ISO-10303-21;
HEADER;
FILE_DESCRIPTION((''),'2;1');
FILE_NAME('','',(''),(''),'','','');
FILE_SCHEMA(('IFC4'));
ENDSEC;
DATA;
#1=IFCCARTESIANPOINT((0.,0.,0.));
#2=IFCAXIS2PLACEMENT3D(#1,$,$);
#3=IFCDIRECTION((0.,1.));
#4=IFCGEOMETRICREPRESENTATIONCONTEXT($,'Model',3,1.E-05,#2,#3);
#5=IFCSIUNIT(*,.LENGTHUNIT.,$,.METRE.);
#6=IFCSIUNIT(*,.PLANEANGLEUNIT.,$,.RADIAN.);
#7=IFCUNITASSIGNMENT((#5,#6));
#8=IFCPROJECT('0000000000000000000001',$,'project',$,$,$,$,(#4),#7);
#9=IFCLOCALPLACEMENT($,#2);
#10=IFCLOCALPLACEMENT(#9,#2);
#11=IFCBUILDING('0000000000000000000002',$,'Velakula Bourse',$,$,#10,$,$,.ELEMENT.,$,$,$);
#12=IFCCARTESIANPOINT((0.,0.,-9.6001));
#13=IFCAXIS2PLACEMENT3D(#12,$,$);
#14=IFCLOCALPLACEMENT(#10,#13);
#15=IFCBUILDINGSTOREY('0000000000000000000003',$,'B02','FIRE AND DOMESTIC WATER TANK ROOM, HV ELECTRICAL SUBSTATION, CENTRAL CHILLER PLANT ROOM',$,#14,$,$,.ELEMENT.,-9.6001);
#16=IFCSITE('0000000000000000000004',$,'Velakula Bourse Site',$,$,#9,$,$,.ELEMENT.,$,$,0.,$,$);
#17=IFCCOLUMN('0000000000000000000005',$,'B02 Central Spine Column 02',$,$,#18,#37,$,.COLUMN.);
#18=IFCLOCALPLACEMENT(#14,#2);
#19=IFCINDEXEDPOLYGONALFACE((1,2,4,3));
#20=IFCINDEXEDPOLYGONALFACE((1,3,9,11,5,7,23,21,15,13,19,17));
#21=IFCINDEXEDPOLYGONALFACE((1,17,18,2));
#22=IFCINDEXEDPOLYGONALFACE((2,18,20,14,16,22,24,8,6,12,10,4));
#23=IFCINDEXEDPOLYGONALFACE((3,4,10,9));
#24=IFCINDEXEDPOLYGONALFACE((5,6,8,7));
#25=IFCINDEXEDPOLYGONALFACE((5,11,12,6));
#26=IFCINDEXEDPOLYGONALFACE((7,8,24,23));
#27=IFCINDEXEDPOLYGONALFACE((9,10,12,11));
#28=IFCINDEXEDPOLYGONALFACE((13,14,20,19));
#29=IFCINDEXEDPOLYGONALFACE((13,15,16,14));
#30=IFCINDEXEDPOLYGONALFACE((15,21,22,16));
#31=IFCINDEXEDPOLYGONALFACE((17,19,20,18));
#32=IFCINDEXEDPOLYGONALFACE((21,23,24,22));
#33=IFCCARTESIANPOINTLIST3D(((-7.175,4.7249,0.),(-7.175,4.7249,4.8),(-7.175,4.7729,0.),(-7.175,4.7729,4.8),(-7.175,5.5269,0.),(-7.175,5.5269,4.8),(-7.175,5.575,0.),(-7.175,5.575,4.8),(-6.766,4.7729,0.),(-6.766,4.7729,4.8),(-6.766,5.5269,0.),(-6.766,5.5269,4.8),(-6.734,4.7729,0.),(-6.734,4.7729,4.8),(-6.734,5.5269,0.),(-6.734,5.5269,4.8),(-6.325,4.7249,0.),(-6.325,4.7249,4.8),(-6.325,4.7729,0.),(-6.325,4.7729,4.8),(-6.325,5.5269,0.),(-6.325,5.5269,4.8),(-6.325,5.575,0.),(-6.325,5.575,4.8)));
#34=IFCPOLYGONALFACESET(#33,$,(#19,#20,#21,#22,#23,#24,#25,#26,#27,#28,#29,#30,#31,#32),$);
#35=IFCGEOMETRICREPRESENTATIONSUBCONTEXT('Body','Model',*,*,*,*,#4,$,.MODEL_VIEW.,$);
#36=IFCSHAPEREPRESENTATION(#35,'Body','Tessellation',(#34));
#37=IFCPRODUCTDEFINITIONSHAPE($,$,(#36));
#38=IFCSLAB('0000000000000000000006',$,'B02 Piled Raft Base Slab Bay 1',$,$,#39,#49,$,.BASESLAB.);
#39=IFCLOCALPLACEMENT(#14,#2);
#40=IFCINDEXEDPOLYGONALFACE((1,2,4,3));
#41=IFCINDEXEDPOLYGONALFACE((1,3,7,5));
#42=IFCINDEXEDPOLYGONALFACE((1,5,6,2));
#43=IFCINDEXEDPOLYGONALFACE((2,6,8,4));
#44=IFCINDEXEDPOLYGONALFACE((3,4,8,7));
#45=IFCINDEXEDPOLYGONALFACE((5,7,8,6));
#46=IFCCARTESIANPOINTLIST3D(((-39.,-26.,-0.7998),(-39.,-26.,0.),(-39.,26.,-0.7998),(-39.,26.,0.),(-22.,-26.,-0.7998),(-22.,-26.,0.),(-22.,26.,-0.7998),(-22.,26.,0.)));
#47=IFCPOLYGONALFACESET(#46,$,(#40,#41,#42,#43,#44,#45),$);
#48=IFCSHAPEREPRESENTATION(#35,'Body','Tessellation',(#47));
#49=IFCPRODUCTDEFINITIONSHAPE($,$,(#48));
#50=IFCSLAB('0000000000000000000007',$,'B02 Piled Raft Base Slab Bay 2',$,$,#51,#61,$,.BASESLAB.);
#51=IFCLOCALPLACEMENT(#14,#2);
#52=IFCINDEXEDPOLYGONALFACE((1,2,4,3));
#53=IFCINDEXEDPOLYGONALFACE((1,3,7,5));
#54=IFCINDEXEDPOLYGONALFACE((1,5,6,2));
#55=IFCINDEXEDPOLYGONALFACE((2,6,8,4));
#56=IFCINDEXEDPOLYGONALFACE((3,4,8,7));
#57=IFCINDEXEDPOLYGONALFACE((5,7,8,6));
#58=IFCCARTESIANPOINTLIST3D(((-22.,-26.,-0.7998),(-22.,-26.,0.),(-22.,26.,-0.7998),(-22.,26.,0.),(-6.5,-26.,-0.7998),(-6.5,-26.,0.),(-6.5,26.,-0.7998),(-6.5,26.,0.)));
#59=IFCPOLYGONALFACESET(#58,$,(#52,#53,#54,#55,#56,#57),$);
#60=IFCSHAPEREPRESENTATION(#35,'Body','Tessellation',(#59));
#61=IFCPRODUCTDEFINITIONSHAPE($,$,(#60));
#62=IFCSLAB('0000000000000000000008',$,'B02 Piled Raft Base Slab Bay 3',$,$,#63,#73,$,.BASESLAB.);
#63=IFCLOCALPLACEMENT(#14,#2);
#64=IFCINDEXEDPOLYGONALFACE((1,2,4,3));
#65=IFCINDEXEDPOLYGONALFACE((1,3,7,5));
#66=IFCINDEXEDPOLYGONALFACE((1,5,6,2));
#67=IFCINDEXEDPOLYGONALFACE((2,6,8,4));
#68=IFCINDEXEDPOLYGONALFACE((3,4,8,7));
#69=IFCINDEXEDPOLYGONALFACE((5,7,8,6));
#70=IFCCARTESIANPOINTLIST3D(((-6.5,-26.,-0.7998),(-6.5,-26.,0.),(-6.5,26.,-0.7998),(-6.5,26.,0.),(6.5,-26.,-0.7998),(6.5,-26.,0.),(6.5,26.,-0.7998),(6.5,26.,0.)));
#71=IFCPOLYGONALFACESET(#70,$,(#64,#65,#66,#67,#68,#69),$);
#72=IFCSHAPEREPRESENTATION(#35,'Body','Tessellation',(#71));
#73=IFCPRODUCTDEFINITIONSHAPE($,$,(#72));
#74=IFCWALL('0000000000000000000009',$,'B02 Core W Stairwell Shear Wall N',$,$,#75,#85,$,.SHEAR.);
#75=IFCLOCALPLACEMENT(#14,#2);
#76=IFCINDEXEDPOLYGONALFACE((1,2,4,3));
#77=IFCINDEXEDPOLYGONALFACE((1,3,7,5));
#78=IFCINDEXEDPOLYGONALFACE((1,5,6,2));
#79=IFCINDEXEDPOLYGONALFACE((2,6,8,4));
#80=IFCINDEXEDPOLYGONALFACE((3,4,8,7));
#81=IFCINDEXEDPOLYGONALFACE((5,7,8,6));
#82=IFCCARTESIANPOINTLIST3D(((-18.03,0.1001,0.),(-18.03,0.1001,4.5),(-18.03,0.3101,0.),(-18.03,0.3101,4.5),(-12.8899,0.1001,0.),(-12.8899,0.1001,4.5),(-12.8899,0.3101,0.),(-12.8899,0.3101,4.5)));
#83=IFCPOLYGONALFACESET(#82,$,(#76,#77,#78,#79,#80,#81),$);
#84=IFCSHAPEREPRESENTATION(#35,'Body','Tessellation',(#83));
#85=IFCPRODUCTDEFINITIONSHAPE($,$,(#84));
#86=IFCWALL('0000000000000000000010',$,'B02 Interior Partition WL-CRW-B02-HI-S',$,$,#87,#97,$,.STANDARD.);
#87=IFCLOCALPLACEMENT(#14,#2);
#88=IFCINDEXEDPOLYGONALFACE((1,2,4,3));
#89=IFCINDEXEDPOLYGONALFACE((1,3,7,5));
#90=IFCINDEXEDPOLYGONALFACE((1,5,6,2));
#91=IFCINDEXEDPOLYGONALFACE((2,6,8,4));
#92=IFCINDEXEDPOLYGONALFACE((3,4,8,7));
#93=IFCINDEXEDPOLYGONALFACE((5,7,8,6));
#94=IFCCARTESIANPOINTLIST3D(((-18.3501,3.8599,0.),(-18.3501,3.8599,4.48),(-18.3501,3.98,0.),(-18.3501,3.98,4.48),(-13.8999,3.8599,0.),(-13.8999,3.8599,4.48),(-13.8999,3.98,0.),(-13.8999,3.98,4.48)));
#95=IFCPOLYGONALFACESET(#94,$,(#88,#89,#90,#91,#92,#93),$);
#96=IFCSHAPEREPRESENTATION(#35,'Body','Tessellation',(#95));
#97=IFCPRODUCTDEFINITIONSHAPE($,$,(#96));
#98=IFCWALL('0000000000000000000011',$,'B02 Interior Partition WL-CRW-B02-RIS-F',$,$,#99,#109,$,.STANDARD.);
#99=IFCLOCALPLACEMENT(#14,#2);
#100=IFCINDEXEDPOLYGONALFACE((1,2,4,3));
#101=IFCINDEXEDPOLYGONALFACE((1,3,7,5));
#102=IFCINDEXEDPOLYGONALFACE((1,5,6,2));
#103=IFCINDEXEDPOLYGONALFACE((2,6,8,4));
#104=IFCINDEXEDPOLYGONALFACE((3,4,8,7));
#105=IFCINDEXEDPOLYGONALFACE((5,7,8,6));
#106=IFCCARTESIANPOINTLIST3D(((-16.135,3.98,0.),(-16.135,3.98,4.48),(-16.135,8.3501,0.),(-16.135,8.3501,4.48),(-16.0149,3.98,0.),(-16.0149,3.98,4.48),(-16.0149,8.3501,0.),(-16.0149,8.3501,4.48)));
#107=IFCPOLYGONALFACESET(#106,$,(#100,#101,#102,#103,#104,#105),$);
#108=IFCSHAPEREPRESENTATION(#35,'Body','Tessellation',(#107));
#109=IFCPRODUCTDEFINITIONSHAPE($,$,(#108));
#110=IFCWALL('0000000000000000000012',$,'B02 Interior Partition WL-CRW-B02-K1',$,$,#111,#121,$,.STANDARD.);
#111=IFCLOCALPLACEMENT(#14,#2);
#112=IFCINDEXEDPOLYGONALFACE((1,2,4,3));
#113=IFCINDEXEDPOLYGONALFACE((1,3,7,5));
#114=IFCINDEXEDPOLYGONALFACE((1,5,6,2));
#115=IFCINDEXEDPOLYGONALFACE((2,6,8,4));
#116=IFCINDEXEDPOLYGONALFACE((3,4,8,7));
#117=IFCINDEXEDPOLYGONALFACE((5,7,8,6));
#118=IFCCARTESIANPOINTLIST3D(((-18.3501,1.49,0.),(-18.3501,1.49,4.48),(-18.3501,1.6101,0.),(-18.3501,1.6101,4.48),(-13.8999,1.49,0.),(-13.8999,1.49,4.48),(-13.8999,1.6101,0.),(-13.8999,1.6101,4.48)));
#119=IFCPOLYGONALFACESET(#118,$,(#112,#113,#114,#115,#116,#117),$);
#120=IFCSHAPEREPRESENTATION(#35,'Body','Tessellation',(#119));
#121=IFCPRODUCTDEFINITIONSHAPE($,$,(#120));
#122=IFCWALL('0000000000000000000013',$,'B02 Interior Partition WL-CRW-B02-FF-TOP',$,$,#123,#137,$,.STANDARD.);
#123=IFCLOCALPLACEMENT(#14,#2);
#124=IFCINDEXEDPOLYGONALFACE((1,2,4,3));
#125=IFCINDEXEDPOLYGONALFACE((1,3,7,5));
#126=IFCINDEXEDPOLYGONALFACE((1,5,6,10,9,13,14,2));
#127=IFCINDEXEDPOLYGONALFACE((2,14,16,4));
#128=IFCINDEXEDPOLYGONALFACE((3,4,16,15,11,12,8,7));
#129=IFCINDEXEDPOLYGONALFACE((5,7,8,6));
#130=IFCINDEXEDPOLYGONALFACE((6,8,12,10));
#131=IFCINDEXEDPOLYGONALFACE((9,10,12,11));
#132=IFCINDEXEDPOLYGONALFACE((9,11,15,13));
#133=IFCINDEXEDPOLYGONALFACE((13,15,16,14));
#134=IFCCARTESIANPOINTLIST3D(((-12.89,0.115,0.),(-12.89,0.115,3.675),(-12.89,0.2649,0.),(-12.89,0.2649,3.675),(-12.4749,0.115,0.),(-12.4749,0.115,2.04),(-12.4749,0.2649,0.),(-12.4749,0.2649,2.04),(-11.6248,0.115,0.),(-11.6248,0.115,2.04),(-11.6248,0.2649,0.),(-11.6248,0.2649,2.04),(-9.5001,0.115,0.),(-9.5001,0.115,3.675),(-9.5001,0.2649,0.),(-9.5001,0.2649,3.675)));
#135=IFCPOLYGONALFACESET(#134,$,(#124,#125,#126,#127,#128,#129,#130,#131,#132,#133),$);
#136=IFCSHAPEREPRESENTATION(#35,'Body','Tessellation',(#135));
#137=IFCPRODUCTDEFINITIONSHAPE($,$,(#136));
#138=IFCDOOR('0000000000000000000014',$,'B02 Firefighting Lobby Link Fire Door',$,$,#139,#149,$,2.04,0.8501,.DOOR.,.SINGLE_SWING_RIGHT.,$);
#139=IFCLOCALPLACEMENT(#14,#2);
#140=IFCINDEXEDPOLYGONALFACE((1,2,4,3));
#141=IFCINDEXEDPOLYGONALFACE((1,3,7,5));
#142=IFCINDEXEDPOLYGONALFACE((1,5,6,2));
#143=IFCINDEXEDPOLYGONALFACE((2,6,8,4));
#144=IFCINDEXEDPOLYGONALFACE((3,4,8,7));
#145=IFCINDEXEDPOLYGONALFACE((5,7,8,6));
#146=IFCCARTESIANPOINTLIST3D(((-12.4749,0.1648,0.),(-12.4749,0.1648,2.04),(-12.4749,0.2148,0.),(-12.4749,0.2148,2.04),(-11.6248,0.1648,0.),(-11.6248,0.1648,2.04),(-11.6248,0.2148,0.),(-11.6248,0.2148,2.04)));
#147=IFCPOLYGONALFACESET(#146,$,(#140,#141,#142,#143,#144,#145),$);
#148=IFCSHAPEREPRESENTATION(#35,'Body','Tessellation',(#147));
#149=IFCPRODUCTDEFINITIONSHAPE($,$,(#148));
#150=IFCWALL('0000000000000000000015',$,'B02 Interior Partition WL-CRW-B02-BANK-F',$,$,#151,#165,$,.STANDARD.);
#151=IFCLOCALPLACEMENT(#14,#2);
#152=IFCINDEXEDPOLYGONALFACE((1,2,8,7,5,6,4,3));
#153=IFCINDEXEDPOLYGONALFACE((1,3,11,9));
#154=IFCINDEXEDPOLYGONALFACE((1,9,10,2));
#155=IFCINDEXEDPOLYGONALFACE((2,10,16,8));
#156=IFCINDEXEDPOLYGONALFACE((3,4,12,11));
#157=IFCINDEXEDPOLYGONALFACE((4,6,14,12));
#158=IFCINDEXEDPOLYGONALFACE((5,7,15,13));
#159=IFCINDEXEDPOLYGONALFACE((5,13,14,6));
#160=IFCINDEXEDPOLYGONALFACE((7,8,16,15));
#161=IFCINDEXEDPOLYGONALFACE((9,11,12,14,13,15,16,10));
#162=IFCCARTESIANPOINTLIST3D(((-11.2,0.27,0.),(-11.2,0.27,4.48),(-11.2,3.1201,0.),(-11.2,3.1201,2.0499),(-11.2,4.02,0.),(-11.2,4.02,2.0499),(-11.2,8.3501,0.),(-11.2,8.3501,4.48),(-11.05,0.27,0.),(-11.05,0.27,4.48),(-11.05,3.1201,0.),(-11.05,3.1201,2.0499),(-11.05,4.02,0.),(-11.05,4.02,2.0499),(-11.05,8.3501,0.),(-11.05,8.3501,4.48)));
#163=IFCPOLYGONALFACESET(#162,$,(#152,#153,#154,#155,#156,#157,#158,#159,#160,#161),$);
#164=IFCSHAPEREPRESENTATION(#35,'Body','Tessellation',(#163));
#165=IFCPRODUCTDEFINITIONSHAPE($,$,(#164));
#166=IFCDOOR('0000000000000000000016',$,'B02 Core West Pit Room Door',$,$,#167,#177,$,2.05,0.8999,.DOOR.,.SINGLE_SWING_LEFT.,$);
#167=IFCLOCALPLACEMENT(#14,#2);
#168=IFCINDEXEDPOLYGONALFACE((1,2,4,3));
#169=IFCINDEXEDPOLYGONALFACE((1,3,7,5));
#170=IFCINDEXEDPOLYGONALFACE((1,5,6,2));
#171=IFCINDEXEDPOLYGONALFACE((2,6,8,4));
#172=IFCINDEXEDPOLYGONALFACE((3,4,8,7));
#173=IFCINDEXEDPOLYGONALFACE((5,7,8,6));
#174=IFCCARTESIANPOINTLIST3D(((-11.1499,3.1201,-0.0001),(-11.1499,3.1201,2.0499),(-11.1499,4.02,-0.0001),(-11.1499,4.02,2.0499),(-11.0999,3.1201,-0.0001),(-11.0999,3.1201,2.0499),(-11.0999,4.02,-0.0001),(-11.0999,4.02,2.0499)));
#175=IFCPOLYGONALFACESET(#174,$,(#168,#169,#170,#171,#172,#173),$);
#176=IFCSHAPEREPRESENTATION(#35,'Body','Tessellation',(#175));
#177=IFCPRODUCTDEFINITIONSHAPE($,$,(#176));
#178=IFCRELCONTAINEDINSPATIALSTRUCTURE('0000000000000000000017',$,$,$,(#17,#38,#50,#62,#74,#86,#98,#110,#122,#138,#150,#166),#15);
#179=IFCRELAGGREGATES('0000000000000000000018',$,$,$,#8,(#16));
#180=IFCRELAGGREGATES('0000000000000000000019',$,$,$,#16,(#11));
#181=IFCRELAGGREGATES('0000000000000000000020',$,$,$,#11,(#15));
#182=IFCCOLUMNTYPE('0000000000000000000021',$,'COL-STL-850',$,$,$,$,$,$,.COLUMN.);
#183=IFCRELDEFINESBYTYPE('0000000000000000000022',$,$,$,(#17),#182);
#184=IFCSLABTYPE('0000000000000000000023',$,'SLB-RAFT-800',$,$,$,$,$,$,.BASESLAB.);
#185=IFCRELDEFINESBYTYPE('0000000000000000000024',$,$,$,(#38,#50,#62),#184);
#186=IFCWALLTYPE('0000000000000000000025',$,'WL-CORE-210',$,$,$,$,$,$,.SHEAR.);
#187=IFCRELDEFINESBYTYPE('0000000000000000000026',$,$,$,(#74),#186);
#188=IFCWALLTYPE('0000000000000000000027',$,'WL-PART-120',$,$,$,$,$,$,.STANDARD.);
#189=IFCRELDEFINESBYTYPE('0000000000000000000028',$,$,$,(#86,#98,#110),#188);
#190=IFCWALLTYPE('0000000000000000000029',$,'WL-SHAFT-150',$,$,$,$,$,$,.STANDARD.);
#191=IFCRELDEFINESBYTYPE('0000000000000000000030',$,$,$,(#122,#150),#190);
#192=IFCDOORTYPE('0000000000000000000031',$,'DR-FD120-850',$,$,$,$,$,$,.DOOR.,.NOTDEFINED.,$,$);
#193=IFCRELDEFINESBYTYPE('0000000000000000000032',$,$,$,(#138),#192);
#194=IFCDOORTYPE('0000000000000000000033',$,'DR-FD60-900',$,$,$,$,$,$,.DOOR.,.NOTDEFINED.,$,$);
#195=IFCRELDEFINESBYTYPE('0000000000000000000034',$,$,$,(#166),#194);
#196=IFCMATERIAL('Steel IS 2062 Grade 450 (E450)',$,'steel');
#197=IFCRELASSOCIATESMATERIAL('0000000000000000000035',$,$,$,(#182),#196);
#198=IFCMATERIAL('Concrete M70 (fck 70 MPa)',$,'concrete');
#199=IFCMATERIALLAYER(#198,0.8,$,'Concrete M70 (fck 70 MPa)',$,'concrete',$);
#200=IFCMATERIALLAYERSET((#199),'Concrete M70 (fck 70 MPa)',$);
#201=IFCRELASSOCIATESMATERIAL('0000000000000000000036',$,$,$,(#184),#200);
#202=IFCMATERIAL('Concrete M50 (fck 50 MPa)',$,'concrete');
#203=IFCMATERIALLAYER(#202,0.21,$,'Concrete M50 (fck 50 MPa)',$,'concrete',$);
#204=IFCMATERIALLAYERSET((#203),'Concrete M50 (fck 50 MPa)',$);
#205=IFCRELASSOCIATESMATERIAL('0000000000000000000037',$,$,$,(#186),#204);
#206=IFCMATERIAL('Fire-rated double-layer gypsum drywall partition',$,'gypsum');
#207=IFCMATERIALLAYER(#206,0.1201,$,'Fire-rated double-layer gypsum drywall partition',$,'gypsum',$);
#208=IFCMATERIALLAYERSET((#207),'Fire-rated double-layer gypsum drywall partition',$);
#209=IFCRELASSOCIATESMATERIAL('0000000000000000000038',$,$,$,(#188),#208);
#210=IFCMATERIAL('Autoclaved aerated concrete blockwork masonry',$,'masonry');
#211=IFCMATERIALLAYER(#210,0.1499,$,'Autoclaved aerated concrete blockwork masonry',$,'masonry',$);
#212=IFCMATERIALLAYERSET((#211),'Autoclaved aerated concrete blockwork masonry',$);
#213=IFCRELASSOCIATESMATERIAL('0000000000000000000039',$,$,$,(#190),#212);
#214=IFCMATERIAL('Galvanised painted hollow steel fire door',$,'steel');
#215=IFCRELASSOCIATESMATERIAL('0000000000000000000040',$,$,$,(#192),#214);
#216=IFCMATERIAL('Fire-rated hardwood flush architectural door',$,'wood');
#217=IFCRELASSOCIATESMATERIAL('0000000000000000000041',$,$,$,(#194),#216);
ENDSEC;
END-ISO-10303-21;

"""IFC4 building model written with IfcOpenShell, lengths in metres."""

from ifc_helpers import new_model, si_unit, direction, frame, frame_2d, origin, origin_2d, place, context, subcontext, project, spatial, polyline, rectangle, i_section, outline, extrude, material, layer, layer_set, material_profile, profile_set, type_object, element, fill, save


model = new_model("IFC4")

# Units and contexts
model_context = context("Model", 3, precision=1e-05, world=origin(), true_north=direction((0.0, 1.0)))
body_context = subcontext(model_context, "Body", "Model", "MODEL_VIEW")
ifc_project = project(units=[si_unit("LENGTHUNIT", "METRE"), si_unit("PLANEANGLEUNIT", "RADIAN")], contexts=[model_context])

# Site, building, storey
site_placement = place(None, origin())
site = spatial("IfcSite", under=ifc_project, at=site_placement, Name="Velakula Bourse Site", CompositionType="ELEMENT", RefElevation=0.0)
building_placement = place(site_placement, origin())
building = spatial("IfcBuilding", under=site, at=building_placement, Name="Velakula Bourse", CompositionType="ELEMENT")
storey_placement = place(building_placement, frame((0.0, 0.0, -9.6001)))
storey = spatial("IfcBuildingStorey", under=building, at=storey_placement, Name="B02", Description="FIRE AND DOMESTIC WATER TANK ROOM, HV ELECTRICAL SUBSTATION, CENTRAL CHILLER PLANT ROOM", CompositionType="ELEMENT", Elevation=-9.6001)

# Shared definitions
ifc_material_1 = material(Name="Concrete M70 (fck 70 MPa)", Category="concrete")

# Shared definitions
ifc_material_2 = material(Name="Concrete M50 (fck 50 MPa)", Category="concrete")

# Column
ifc_material_3 = material(Name="Steel IS 2062 Grade 450 (E450)", Category="steel")
ifc_material_profile_1 = material_profile(ifc_material_3, i_section(OverallWidth=0.8501, OverallDepth=0.8501, WebThickness=0.032, FlangeThickness=0.0481, at=origin_2d()), Name="Steel IS 2062 Grade 450 (E450)")
ifc_profile_set_1 = profile_set([ifc_material_profile_1], Name="Steel IS 2062 Grade 450 (E450)")
column_type_1 = type_object("IfcColumnType", Name="COL-STL-850", PredefinedType="COLUMN", material=ifc_profile_set_1)
column_placement = place(storey_placement, frame((-6.75, 5.1499, 0.0), z_axis=(0.0, 0.0, 1.0), x_axis=(1.0, 0.0, 0.0)))
element("IfcColumn", 1, at=column_placement, inside=storey, type_object=column_type_1, Name="B02 Central Spine Column 02", PredefinedType="COLUMN", context=body_context, shape_type="SweptSolid", body=[
    extrude(i_section(OverallWidth=0.8501, OverallDepth=0.8501, WebThickness=0.032, FlangeThickness=0.0481, at=origin_2d()), origin(), (0.0, 0.0, 1.0), 4.8),
])

# Slabs
ifc_layer_1 = layer(ifc_material_1, 0.8, Name="Concrete M70 (fck 70 MPa)", Category="concrete")
ifc_layer_set_1 = layer_set([ifc_layer_1], Name="Concrete M70 (fck 70 MPa)")
slab_type = type_object("IfcSlabType", Name="SLB-RAFT-800", PredefinedType="BASESLAB", material=ifc_layer_set_1)
slab_1_placement = place(storey_placement, frame((0.0, 0.0, -0.7998)))
element("IfcSlab", 2, at=slab_1_placement, inside=storey, type_object=slab_type, Name="B02 Piled Raft Base Slab Bay 1", PredefinedType="BASESLAB", context=body_context, shape_type="SweptSolid", body=[
    extrude(outline(polyline([(-39.0, -26.0), (-22.0, -26.0), (-22.0, 26.0), (-39.0, 26.0), (-39.0, -26.0)])), origin(), (0.0, 0.0, 1.0), 0.7998),
])
slab_2_placement = place(storey_placement, frame((0.0, 0.0, -0.7998)))
element("IfcSlab", 3, at=slab_2_placement, inside=storey, type_object=slab_type, Name="B02 Piled Raft Base Slab Bay 2", PredefinedType="BASESLAB", context=body_context, shape_type="SweptSolid", body=[
    extrude(outline(polyline([(-22.0, -26.0), (-6.5, -26.0), (-6.5, 26.0), (-22.0, 26.0), (-22.0, -26.0)])), origin(), (0.0, 0.0, 1.0), 0.7998),
])
slab_3_placement = place(storey_placement, frame((0.0, 0.0, -0.7998)))
element("IfcSlab", 4, at=slab_3_placement, inside=storey, type_object=slab_type, Name="B02 Piled Raft Base Slab Bay 3", PredefinedType="BASESLAB", context=body_context, shape_type="SweptSolid", body=[
    extrude(outline(polyline([(-6.5, -26.0), (6.5, -26.0), (6.5, 26.0), (-6.5, 26.0), (-6.5, -26.0)])), origin(), (0.0, 0.0, 1.0), 0.7998),
])

# Walls
ifc_layer_2 = layer(ifc_material_2, 0.21, Name="Concrete M50 (fck 50 MPa)", Category="concrete")
ifc_layer_set_2 = layer_set([ifc_layer_2], Name="Concrete M50 (fck 50 MPa)")
wall_type_1 = type_object("IfcWallType", Name="WL-CORE-210", PredefinedType="SHEAR", material=ifc_layer_set_2)
wall_1_placement = place(storey_placement, frame((-12.8899, 0.2051, 0.0), z_axis=(0.0, 0.0, 1.0), x_axis=(-1.0, 0.0, 0.0)))
element("IfcWall", 5, at=wall_1_placement, inside=storey, type_object=wall_type_1, Name="B02 Core W Stairwell Shear Wall N", PredefinedType="SHEAR", context=body_context, shape_type="SweptSolid", body=[
    extrude(rectangle(XDim=5.1401, YDim=0.21, at=frame_2d((2.5701, 0.0))), origin(), (0.0, 0.0, 1.0), 4.5),
])
ifc_material_4 = material(Name="Fire-rated double-layer gypsum drywall partition", Category="gypsum")
ifc_layer_3 = layer(ifc_material_4, 0.1201, Name="Fire-rated double-layer gypsum drywall partition", Category="gypsum")
ifc_layer_set_3 = layer_set([ifc_layer_3], Name="Fire-rated double-layer gypsum drywall partition")
wall_type_2 = type_object("IfcWallType", Name="WL-PART-120", PredefinedType="STANDARD", material=ifc_layer_set_3)
wall_2_placement = place(storey_placement, frame((-18.3501, 3.9199, 0.0), z_axis=(0.0, 0.0, 1.0), x_axis=(1.0, 0.0, 0.0)))
element("IfcWall", 6, at=wall_2_placement, inside=storey, type_object=wall_type_2, Name="B02 Interior Partition WL-CRW-B02-HI-S", PredefinedType="STANDARD", context=body_context, shape_type="SweptSolid", body=[
    extrude(rectangle(XDim=4.4502, YDim=0.1201, at=frame_2d((2.2251, 0.0))), origin(), (0.0, 0.0, 1.0), 4.48),
])
wall_3_placement = place(storey_placement, frame((-16.075, 3.98, 0.0), z_axis=(0.0, 0.0, 1.0), x_axis=(0.0, 1.0, 0.0)))
element("IfcWall", 7, at=wall_3_placement, inside=storey, type_object=wall_type_2, Name="B02 Interior Partition WL-CRW-B02-RIS-F", PredefinedType="STANDARD", context=body_context, shape_type="SweptSolid", body=[
    extrude(rectangle(XDim=4.3701, YDim=0.1201, at=frame_2d((2.1851, 0.0))), origin(), (0.0, 0.0, 1.0), 4.48),
])
wall_4_placement = place(storey_placement, frame((-18.3501, 1.55, 0.0), z_axis=(0.0, 0.0, 1.0), x_axis=(1.0, 0.0, 0.0)))
element("IfcWall", 8, at=wall_4_placement, inside=storey, type_object=wall_type_2, Name="B02 Interior Partition WL-CRW-B02-K1", PredefinedType="STANDARD", context=body_context, shape_type="SweptSolid", body=[
    extrude(rectangle(XDim=4.4502, YDim=0.1201, at=frame_2d((2.2251, 0.0))), origin(), (0.0, 0.0, 1.0), 4.48),
])

# Walls, openings, doors
ifc_material_5 = material(Name="Autoclaved aerated concrete blockwork masonry", Category="masonry")
ifc_layer_4 = layer(ifc_material_5, 0.1499, Name="Autoclaved aerated concrete blockwork masonry", Category="masonry")
ifc_layer_set_4 = layer_set([ifc_layer_4], Name="Autoclaved aerated concrete blockwork masonry")
wall_type_3 = type_object("IfcWallType", Name="WL-SHAFT-150", PredefinedType="STANDARD", material=ifc_layer_set_4)
wall_5_placement = place(storey_placement, frame((-12.8899, 0.1899, 0.0), z_axis=(0.0, 0.0, 1.0), x_axis=(1.0, 0.0, 0.0)))
wall_5 = element("IfcWall", 9, at=wall_5_placement, inside=storey, type_object=wall_type_3, Name="B02 Interior Partition WL-CRW-B02-FF-TOP", PredefinedType="STANDARD", context=body_context, shape_type="SweptSolid", body=[
    extrude(rectangle(XDim=3.3899, YDim=0.1499, at=frame_2d((1.6948, 0.0))), origin(), (0.0, 0.0, 1.0), 3.675),
])
opening_1_placement = place(wall_5_placement, frame((0.415, 0.0, 0.0)))
opening_1 = element("IfcOpeningElement", 10, at=opening_1_placement, cuts=wall_5, PredefinedType="OPENING", context=body_context, shape_type="SweptSolid", body=[
    extrude(rectangle(XDim=0.8501, YDim=2.04, at=frame_2d((0.425, 1.02))), frame((0.0, 0.085, 0.0), z_axis=(0.0, -1.0, 0.0), x_axis=(1.0, 0.0, 0.0)), (0.0, 0.0, 1.0), 0.1699),
])
ifc_material_6 = material(Name="Galvanised painted hollow steel fire door", Category="steel")
door_type_1 = type_object("IfcDoorType", Name="DR-FD120-850", OperationType="NOTDEFINED", PredefinedType="DOOR", material=ifc_material_6)
door_1_placement = place(opening_1_placement, origin())
door_1 = element("IfcDoor", 11, at=door_1_placement, inside=storey, type_object=door_type_1, Name="B02 Firefighting Lobby Link Fire Door", OperationType="SINGLE_SWING_RIGHT", OverallHeight=2.04, OverallWidth=0.8501, PredefinedType="DOOR", context=body_context, shape_type="SweptSolid", body=[
    extrude(rectangle(XDim=0.8501, YDim=2.04, at=frame_2d((0.425, 1.02))), frame((0.0, 0.0249, 0.0), z_axis=(0.0, -1.0, 0.0), x_axis=(1.0, 0.0, 0.0)), (0.0, 0.0, 1.0), 0.05),
])
fill(opening_1, door_1)
wall_6_placement = place(storey_placement, frame((-11.125, 0.27, 0.0), z_axis=(0.0, 0.0, 1.0), x_axis=(0.0, 1.0, 0.0)))
wall_6 = element("IfcWall", 12, at=wall_6_placement, inside=storey, type_object=wall_type_3, Name="B02 Interior Partition WL-CRW-B02-BANK-F", PredefinedType="STANDARD", context=body_context, shape_type="SweptSolid", body=[
    extrude(rectangle(XDim=8.0801, YDim=0.1499, at=frame_2d((4.04, 0.0))), origin(), (0.0, 0.0, 1.0), 4.48),
])
opening_2_placement = place(wall_6_placement, frame((2.8501, 0.0, 0.0)))
opening_2 = element("IfcOpeningElement", 13, at=opening_2_placement, cuts=wall_6, PredefinedType="OPENING", context=body_context, shape_type="SweptSolid", body=[
    extrude(rectangle(XDim=0.8999, YDim=2.05, at=frame_2d((0.45, 1.0249))), frame((0.0, 0.085, 0.0), z_axis=(0.0, -1.0, 0.0), x_axis=(1.0, 0.0, 0.0)), (0.0, 0.0, 1.0), 0.1699),
])
ifc_material_7 = material(Name="Fire-rated hardwood flush architectural door", Category="wood")
door_type_2 = type_object("IfcDoorType", Name="DR-FD60-900", OperationType="NOTDEFINED", PredefinedType="DOOR", material=ifc_material_7)
door_2_placement = place(opening_2_placement, origin())
door_2 = element("IfcDoor", 14, at=door_2_placement, inside=storey, type_object=door_type_2, Name="B02 Core West Pit Room Door", OperationType="SINGLE_SWING_LEFT", OverallHeight=2.05, OverallWidth=0.8999, PredefinedType="DOOR", context=body_context, shape_type="SweptSolid", body=[
    extrude(rectangle(XDim=0.8999, YDim=2.05, at=frame_2d((0.45, 1.0249))), frame((0.0, 0.0249, 0.0), z_axis=(0.0, -1.0, 0.0), x_axis=(1.0, 0.0, 0.0)), (0.0, 0.0, 1.0), 0.05),
])
fill(opening_2, door_2)

save(model, "model.ifc")
